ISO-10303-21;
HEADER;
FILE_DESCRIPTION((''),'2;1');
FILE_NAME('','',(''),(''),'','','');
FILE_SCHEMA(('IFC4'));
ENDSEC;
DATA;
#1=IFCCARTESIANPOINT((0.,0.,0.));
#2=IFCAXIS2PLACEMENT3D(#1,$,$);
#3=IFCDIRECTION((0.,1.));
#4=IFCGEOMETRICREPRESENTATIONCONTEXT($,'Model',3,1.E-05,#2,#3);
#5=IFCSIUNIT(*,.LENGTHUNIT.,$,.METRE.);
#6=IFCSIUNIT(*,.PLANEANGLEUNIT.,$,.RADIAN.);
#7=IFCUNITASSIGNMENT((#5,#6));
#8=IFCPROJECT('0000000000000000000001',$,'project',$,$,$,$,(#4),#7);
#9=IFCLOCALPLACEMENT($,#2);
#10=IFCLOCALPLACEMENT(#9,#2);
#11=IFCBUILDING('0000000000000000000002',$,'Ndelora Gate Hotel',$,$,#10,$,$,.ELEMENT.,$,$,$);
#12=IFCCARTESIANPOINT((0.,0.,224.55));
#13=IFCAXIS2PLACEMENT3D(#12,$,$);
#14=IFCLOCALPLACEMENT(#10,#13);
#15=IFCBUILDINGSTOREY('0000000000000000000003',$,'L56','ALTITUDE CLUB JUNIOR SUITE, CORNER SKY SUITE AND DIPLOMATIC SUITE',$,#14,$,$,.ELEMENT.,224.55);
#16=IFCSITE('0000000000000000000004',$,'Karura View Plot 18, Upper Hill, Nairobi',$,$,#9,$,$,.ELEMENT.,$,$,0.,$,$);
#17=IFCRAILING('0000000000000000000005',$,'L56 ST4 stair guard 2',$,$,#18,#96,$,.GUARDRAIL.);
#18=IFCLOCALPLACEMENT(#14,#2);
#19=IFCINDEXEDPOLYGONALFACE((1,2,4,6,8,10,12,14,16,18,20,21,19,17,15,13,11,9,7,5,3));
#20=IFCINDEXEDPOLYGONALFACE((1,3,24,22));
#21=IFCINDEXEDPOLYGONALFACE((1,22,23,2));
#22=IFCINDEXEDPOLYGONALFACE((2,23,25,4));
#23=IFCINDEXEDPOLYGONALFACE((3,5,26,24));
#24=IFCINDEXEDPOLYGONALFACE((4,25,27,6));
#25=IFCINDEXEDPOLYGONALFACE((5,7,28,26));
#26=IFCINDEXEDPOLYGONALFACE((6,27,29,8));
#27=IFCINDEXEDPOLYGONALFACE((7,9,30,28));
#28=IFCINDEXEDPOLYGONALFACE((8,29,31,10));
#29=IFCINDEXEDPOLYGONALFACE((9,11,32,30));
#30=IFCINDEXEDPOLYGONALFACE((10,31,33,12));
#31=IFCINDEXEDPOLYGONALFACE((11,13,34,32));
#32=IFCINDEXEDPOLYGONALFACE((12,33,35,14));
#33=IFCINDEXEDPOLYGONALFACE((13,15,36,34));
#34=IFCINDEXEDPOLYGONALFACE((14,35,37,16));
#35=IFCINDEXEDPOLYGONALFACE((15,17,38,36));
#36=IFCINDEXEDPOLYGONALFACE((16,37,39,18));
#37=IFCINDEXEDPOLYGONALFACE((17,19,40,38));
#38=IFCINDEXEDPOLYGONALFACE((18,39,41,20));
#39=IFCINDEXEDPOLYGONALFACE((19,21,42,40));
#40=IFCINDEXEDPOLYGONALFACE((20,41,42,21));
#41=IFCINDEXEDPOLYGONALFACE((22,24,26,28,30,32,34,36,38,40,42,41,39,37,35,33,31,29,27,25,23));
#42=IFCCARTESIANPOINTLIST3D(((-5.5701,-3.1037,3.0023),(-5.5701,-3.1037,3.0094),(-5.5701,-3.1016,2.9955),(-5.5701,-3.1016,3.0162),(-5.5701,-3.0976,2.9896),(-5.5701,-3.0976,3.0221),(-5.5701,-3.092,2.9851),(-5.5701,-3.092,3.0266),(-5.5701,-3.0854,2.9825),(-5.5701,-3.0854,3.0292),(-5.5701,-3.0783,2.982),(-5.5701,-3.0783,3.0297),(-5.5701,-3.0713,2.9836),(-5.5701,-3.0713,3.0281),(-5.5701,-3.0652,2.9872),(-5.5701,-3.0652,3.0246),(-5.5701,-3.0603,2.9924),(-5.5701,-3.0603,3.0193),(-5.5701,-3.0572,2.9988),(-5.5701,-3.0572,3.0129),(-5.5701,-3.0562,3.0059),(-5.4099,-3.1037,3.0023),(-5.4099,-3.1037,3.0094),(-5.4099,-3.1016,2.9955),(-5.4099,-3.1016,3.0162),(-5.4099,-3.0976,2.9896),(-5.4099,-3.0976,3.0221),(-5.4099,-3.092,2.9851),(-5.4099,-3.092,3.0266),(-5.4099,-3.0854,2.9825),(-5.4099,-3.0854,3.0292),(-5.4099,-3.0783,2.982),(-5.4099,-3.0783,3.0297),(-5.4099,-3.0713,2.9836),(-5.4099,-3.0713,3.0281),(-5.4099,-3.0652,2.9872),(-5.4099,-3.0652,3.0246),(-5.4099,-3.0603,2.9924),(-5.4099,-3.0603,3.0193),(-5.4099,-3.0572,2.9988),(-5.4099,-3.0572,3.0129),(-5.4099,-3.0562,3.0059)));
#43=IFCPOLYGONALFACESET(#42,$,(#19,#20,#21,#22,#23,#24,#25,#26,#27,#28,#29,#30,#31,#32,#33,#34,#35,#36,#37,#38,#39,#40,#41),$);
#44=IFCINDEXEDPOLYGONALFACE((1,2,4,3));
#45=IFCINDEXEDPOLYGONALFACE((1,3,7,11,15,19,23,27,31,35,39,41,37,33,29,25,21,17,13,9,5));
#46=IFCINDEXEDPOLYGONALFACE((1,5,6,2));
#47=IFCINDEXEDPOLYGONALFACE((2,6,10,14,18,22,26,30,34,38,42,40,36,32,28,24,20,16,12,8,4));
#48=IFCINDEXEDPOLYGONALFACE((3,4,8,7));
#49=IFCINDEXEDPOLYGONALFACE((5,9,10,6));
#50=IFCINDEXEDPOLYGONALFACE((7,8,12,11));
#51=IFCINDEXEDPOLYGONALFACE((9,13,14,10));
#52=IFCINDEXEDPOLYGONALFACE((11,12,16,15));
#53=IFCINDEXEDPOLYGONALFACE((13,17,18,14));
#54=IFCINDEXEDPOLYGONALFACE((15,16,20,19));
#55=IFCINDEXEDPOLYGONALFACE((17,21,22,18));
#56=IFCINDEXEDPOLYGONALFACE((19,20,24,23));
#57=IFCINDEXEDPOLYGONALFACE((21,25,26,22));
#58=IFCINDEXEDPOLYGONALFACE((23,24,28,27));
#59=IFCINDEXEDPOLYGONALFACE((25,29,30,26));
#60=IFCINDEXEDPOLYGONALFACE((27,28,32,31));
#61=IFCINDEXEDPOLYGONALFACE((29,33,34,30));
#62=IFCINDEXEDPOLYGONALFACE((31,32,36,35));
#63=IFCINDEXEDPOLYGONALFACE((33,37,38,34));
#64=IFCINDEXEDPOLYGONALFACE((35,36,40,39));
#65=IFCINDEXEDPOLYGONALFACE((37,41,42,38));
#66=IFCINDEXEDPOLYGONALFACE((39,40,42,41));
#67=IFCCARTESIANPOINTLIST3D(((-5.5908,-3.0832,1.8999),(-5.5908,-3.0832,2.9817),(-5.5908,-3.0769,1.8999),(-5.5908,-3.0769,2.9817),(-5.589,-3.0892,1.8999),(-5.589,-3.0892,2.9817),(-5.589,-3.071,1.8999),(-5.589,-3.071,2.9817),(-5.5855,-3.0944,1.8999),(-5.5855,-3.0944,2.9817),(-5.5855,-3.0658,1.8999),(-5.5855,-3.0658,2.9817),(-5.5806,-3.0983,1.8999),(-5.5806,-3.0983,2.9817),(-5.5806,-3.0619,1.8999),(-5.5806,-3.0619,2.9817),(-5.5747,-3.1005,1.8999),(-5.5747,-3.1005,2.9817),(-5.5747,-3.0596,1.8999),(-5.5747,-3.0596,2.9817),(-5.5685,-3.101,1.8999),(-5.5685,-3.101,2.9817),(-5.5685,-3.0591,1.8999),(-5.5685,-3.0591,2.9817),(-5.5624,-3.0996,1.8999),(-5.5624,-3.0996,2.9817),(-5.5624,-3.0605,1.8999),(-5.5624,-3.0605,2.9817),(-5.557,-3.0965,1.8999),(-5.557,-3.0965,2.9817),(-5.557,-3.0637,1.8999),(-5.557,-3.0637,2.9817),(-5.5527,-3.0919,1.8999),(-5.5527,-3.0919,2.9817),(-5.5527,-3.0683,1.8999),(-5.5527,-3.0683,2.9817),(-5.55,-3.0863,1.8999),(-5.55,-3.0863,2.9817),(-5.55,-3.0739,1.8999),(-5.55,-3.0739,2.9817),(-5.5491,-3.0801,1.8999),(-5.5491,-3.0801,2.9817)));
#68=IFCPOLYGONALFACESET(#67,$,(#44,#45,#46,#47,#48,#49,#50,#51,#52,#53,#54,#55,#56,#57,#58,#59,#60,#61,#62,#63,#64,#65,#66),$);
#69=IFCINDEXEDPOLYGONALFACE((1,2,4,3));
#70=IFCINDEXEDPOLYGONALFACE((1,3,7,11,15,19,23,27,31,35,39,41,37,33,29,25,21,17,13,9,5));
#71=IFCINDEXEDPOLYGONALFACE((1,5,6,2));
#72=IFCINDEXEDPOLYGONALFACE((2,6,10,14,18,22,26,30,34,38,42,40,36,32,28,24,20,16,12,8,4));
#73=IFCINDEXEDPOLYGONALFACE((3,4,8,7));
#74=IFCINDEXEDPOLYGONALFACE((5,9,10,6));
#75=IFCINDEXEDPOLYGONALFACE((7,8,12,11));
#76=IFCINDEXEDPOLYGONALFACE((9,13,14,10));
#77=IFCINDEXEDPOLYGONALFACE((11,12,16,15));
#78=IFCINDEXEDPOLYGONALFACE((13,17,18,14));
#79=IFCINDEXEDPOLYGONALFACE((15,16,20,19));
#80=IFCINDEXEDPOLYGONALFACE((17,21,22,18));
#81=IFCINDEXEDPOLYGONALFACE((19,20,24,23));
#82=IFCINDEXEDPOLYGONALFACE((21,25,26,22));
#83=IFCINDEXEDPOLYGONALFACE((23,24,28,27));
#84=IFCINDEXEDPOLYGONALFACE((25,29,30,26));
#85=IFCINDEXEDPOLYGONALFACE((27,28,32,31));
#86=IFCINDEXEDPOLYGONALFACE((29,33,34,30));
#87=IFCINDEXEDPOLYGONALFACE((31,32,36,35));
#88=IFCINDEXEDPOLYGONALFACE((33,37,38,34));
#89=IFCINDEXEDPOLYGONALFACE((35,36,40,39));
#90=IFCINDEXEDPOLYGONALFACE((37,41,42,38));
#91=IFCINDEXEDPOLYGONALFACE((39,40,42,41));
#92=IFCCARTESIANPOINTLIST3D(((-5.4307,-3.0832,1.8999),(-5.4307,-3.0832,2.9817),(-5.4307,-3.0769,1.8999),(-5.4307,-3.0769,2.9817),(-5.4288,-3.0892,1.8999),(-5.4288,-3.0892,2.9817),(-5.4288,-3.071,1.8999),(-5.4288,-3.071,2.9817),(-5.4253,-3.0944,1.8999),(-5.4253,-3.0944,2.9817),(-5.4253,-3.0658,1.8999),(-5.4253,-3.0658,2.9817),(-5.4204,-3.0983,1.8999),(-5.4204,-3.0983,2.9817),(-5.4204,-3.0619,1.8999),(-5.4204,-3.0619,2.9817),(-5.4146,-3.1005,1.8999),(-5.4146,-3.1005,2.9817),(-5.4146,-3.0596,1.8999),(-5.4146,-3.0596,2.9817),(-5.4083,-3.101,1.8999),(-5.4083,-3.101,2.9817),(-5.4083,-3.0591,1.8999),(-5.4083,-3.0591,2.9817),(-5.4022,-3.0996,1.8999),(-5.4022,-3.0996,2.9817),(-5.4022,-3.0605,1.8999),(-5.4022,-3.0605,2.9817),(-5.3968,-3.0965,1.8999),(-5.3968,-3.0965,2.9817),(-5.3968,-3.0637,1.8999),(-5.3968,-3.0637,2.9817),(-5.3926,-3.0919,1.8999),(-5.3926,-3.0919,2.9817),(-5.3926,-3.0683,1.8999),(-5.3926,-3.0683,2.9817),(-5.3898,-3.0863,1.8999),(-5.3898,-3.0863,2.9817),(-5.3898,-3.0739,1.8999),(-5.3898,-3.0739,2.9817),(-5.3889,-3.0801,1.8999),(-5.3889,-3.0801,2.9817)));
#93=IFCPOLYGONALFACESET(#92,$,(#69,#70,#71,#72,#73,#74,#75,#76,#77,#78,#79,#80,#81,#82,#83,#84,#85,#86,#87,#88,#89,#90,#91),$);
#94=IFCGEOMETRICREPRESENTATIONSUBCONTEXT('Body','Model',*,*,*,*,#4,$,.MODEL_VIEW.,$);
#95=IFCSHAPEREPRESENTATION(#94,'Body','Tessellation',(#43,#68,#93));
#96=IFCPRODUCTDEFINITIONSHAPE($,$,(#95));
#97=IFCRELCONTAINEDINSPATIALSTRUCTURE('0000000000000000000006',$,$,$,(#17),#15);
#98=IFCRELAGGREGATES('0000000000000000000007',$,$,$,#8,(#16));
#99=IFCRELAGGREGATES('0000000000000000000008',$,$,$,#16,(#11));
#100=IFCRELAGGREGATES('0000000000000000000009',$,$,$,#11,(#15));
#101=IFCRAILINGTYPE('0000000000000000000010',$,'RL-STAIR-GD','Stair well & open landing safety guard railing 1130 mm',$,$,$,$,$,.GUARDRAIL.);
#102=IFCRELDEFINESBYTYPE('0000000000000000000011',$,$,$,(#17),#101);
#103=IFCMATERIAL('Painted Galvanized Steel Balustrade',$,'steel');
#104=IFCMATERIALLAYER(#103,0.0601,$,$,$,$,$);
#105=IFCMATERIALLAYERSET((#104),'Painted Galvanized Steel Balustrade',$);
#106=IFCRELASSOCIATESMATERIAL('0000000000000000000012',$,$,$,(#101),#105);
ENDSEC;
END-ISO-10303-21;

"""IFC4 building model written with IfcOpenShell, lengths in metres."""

from ifc_helpers import new_model, si_unit, direction, frame, origin, origin_2d, place, context, subcontext, project, spatial, circle, extrude, material, layer, layer_set, type_object, element, save


model = new_model("IFC4")

# Units and contexts
model_context = context("Model", 3, precision=1e-05, world=origin(), true_north=direction((0.0, 1.0)))
body_context = subcontext(model_context, "Body", "Model", "MODEL_VIEW")
ifc_project = project(units=[si_unit("LENGTHUNIT", "METRE"), si_unit("PLANEANGLEUNIT", "RADIAN")], contexts=[model_context])

# Site, building, storey
site_placement = place(None, origin())
site = spatial("IfcSite", under=ifc_project, at=site_placement, Name="Karura View Plot 18, Upper Hill, Nairobi", CompositionType="ELEMENT", RefElevation=0.0)
building_placement = place(site_placement, origin())
building = spatial("IfcBuilding", under=site, at=building_placement, Name="Ndelora Gate Hotel", CompositionType="ELEMENT")
storey_placement = place(building_placement, frame((0.0, 0.0, 224.55)))
storey = spatial("IfcBuildingStorey", under=building, at=storey_placement, Name="L56", Description="ALTITUDE CLUB JUNIOR SUITE, CORNER SKY SUITE AND DIPLOMATIC SUITE", CompositionType="ELEMENT", Elevation=224.55)

# Railing
ifc_material_1 = material(Name="Painted Galvanized Steel Balustrade", Category="steel")
ifc_layer_1 = layer(ifc_material_1, 0.0601)
ifc_layer_set_1 = layer_set([ifc_layer_1], Name="Painted Galvanized Steel Balustrade")
railing_type_1 = type_object("IfcRailingType", Name="RL-STAIR-GD", Description="Stair well & open landing safety guard railing 1130 mm", PredefinedType="GUARDRAIL", material=ifc_layer_set_1)
railing_1_placement = place(storey_placement, frame((-5.5701, -3.0801, 1.8999)))
element("IfcRailing", 1, at=railing_1_placement, inside=storey, type_object=railing_type_1, Name="L56 ST4 stair guard 2", PredefinedType="GUARDRAIL", context=body_context, shape_type="SweptSolid", body=[
    extrude(circle(Radius=0.0239, at=origin_2d()), frame((0.0, 0.0, 1.106), z_axis=(1.0, 0.0, 0.0), x_axis=(0.0, 1.0, 0.0)), (0.0, 0.0, 1.0), 0.1602),
    extrude(circle(Radius=0.021, at=origin_2d()), origin(), (0.0, 0.0, 1.0), 1.0818),
    extrude(circle(Radius=0.021, at=origin_2d()), frame((0.1602, 0.0, 0.0)), (0.0, 0.0, 1.0), 1.0818),
])

save(model, "model.ifc")
